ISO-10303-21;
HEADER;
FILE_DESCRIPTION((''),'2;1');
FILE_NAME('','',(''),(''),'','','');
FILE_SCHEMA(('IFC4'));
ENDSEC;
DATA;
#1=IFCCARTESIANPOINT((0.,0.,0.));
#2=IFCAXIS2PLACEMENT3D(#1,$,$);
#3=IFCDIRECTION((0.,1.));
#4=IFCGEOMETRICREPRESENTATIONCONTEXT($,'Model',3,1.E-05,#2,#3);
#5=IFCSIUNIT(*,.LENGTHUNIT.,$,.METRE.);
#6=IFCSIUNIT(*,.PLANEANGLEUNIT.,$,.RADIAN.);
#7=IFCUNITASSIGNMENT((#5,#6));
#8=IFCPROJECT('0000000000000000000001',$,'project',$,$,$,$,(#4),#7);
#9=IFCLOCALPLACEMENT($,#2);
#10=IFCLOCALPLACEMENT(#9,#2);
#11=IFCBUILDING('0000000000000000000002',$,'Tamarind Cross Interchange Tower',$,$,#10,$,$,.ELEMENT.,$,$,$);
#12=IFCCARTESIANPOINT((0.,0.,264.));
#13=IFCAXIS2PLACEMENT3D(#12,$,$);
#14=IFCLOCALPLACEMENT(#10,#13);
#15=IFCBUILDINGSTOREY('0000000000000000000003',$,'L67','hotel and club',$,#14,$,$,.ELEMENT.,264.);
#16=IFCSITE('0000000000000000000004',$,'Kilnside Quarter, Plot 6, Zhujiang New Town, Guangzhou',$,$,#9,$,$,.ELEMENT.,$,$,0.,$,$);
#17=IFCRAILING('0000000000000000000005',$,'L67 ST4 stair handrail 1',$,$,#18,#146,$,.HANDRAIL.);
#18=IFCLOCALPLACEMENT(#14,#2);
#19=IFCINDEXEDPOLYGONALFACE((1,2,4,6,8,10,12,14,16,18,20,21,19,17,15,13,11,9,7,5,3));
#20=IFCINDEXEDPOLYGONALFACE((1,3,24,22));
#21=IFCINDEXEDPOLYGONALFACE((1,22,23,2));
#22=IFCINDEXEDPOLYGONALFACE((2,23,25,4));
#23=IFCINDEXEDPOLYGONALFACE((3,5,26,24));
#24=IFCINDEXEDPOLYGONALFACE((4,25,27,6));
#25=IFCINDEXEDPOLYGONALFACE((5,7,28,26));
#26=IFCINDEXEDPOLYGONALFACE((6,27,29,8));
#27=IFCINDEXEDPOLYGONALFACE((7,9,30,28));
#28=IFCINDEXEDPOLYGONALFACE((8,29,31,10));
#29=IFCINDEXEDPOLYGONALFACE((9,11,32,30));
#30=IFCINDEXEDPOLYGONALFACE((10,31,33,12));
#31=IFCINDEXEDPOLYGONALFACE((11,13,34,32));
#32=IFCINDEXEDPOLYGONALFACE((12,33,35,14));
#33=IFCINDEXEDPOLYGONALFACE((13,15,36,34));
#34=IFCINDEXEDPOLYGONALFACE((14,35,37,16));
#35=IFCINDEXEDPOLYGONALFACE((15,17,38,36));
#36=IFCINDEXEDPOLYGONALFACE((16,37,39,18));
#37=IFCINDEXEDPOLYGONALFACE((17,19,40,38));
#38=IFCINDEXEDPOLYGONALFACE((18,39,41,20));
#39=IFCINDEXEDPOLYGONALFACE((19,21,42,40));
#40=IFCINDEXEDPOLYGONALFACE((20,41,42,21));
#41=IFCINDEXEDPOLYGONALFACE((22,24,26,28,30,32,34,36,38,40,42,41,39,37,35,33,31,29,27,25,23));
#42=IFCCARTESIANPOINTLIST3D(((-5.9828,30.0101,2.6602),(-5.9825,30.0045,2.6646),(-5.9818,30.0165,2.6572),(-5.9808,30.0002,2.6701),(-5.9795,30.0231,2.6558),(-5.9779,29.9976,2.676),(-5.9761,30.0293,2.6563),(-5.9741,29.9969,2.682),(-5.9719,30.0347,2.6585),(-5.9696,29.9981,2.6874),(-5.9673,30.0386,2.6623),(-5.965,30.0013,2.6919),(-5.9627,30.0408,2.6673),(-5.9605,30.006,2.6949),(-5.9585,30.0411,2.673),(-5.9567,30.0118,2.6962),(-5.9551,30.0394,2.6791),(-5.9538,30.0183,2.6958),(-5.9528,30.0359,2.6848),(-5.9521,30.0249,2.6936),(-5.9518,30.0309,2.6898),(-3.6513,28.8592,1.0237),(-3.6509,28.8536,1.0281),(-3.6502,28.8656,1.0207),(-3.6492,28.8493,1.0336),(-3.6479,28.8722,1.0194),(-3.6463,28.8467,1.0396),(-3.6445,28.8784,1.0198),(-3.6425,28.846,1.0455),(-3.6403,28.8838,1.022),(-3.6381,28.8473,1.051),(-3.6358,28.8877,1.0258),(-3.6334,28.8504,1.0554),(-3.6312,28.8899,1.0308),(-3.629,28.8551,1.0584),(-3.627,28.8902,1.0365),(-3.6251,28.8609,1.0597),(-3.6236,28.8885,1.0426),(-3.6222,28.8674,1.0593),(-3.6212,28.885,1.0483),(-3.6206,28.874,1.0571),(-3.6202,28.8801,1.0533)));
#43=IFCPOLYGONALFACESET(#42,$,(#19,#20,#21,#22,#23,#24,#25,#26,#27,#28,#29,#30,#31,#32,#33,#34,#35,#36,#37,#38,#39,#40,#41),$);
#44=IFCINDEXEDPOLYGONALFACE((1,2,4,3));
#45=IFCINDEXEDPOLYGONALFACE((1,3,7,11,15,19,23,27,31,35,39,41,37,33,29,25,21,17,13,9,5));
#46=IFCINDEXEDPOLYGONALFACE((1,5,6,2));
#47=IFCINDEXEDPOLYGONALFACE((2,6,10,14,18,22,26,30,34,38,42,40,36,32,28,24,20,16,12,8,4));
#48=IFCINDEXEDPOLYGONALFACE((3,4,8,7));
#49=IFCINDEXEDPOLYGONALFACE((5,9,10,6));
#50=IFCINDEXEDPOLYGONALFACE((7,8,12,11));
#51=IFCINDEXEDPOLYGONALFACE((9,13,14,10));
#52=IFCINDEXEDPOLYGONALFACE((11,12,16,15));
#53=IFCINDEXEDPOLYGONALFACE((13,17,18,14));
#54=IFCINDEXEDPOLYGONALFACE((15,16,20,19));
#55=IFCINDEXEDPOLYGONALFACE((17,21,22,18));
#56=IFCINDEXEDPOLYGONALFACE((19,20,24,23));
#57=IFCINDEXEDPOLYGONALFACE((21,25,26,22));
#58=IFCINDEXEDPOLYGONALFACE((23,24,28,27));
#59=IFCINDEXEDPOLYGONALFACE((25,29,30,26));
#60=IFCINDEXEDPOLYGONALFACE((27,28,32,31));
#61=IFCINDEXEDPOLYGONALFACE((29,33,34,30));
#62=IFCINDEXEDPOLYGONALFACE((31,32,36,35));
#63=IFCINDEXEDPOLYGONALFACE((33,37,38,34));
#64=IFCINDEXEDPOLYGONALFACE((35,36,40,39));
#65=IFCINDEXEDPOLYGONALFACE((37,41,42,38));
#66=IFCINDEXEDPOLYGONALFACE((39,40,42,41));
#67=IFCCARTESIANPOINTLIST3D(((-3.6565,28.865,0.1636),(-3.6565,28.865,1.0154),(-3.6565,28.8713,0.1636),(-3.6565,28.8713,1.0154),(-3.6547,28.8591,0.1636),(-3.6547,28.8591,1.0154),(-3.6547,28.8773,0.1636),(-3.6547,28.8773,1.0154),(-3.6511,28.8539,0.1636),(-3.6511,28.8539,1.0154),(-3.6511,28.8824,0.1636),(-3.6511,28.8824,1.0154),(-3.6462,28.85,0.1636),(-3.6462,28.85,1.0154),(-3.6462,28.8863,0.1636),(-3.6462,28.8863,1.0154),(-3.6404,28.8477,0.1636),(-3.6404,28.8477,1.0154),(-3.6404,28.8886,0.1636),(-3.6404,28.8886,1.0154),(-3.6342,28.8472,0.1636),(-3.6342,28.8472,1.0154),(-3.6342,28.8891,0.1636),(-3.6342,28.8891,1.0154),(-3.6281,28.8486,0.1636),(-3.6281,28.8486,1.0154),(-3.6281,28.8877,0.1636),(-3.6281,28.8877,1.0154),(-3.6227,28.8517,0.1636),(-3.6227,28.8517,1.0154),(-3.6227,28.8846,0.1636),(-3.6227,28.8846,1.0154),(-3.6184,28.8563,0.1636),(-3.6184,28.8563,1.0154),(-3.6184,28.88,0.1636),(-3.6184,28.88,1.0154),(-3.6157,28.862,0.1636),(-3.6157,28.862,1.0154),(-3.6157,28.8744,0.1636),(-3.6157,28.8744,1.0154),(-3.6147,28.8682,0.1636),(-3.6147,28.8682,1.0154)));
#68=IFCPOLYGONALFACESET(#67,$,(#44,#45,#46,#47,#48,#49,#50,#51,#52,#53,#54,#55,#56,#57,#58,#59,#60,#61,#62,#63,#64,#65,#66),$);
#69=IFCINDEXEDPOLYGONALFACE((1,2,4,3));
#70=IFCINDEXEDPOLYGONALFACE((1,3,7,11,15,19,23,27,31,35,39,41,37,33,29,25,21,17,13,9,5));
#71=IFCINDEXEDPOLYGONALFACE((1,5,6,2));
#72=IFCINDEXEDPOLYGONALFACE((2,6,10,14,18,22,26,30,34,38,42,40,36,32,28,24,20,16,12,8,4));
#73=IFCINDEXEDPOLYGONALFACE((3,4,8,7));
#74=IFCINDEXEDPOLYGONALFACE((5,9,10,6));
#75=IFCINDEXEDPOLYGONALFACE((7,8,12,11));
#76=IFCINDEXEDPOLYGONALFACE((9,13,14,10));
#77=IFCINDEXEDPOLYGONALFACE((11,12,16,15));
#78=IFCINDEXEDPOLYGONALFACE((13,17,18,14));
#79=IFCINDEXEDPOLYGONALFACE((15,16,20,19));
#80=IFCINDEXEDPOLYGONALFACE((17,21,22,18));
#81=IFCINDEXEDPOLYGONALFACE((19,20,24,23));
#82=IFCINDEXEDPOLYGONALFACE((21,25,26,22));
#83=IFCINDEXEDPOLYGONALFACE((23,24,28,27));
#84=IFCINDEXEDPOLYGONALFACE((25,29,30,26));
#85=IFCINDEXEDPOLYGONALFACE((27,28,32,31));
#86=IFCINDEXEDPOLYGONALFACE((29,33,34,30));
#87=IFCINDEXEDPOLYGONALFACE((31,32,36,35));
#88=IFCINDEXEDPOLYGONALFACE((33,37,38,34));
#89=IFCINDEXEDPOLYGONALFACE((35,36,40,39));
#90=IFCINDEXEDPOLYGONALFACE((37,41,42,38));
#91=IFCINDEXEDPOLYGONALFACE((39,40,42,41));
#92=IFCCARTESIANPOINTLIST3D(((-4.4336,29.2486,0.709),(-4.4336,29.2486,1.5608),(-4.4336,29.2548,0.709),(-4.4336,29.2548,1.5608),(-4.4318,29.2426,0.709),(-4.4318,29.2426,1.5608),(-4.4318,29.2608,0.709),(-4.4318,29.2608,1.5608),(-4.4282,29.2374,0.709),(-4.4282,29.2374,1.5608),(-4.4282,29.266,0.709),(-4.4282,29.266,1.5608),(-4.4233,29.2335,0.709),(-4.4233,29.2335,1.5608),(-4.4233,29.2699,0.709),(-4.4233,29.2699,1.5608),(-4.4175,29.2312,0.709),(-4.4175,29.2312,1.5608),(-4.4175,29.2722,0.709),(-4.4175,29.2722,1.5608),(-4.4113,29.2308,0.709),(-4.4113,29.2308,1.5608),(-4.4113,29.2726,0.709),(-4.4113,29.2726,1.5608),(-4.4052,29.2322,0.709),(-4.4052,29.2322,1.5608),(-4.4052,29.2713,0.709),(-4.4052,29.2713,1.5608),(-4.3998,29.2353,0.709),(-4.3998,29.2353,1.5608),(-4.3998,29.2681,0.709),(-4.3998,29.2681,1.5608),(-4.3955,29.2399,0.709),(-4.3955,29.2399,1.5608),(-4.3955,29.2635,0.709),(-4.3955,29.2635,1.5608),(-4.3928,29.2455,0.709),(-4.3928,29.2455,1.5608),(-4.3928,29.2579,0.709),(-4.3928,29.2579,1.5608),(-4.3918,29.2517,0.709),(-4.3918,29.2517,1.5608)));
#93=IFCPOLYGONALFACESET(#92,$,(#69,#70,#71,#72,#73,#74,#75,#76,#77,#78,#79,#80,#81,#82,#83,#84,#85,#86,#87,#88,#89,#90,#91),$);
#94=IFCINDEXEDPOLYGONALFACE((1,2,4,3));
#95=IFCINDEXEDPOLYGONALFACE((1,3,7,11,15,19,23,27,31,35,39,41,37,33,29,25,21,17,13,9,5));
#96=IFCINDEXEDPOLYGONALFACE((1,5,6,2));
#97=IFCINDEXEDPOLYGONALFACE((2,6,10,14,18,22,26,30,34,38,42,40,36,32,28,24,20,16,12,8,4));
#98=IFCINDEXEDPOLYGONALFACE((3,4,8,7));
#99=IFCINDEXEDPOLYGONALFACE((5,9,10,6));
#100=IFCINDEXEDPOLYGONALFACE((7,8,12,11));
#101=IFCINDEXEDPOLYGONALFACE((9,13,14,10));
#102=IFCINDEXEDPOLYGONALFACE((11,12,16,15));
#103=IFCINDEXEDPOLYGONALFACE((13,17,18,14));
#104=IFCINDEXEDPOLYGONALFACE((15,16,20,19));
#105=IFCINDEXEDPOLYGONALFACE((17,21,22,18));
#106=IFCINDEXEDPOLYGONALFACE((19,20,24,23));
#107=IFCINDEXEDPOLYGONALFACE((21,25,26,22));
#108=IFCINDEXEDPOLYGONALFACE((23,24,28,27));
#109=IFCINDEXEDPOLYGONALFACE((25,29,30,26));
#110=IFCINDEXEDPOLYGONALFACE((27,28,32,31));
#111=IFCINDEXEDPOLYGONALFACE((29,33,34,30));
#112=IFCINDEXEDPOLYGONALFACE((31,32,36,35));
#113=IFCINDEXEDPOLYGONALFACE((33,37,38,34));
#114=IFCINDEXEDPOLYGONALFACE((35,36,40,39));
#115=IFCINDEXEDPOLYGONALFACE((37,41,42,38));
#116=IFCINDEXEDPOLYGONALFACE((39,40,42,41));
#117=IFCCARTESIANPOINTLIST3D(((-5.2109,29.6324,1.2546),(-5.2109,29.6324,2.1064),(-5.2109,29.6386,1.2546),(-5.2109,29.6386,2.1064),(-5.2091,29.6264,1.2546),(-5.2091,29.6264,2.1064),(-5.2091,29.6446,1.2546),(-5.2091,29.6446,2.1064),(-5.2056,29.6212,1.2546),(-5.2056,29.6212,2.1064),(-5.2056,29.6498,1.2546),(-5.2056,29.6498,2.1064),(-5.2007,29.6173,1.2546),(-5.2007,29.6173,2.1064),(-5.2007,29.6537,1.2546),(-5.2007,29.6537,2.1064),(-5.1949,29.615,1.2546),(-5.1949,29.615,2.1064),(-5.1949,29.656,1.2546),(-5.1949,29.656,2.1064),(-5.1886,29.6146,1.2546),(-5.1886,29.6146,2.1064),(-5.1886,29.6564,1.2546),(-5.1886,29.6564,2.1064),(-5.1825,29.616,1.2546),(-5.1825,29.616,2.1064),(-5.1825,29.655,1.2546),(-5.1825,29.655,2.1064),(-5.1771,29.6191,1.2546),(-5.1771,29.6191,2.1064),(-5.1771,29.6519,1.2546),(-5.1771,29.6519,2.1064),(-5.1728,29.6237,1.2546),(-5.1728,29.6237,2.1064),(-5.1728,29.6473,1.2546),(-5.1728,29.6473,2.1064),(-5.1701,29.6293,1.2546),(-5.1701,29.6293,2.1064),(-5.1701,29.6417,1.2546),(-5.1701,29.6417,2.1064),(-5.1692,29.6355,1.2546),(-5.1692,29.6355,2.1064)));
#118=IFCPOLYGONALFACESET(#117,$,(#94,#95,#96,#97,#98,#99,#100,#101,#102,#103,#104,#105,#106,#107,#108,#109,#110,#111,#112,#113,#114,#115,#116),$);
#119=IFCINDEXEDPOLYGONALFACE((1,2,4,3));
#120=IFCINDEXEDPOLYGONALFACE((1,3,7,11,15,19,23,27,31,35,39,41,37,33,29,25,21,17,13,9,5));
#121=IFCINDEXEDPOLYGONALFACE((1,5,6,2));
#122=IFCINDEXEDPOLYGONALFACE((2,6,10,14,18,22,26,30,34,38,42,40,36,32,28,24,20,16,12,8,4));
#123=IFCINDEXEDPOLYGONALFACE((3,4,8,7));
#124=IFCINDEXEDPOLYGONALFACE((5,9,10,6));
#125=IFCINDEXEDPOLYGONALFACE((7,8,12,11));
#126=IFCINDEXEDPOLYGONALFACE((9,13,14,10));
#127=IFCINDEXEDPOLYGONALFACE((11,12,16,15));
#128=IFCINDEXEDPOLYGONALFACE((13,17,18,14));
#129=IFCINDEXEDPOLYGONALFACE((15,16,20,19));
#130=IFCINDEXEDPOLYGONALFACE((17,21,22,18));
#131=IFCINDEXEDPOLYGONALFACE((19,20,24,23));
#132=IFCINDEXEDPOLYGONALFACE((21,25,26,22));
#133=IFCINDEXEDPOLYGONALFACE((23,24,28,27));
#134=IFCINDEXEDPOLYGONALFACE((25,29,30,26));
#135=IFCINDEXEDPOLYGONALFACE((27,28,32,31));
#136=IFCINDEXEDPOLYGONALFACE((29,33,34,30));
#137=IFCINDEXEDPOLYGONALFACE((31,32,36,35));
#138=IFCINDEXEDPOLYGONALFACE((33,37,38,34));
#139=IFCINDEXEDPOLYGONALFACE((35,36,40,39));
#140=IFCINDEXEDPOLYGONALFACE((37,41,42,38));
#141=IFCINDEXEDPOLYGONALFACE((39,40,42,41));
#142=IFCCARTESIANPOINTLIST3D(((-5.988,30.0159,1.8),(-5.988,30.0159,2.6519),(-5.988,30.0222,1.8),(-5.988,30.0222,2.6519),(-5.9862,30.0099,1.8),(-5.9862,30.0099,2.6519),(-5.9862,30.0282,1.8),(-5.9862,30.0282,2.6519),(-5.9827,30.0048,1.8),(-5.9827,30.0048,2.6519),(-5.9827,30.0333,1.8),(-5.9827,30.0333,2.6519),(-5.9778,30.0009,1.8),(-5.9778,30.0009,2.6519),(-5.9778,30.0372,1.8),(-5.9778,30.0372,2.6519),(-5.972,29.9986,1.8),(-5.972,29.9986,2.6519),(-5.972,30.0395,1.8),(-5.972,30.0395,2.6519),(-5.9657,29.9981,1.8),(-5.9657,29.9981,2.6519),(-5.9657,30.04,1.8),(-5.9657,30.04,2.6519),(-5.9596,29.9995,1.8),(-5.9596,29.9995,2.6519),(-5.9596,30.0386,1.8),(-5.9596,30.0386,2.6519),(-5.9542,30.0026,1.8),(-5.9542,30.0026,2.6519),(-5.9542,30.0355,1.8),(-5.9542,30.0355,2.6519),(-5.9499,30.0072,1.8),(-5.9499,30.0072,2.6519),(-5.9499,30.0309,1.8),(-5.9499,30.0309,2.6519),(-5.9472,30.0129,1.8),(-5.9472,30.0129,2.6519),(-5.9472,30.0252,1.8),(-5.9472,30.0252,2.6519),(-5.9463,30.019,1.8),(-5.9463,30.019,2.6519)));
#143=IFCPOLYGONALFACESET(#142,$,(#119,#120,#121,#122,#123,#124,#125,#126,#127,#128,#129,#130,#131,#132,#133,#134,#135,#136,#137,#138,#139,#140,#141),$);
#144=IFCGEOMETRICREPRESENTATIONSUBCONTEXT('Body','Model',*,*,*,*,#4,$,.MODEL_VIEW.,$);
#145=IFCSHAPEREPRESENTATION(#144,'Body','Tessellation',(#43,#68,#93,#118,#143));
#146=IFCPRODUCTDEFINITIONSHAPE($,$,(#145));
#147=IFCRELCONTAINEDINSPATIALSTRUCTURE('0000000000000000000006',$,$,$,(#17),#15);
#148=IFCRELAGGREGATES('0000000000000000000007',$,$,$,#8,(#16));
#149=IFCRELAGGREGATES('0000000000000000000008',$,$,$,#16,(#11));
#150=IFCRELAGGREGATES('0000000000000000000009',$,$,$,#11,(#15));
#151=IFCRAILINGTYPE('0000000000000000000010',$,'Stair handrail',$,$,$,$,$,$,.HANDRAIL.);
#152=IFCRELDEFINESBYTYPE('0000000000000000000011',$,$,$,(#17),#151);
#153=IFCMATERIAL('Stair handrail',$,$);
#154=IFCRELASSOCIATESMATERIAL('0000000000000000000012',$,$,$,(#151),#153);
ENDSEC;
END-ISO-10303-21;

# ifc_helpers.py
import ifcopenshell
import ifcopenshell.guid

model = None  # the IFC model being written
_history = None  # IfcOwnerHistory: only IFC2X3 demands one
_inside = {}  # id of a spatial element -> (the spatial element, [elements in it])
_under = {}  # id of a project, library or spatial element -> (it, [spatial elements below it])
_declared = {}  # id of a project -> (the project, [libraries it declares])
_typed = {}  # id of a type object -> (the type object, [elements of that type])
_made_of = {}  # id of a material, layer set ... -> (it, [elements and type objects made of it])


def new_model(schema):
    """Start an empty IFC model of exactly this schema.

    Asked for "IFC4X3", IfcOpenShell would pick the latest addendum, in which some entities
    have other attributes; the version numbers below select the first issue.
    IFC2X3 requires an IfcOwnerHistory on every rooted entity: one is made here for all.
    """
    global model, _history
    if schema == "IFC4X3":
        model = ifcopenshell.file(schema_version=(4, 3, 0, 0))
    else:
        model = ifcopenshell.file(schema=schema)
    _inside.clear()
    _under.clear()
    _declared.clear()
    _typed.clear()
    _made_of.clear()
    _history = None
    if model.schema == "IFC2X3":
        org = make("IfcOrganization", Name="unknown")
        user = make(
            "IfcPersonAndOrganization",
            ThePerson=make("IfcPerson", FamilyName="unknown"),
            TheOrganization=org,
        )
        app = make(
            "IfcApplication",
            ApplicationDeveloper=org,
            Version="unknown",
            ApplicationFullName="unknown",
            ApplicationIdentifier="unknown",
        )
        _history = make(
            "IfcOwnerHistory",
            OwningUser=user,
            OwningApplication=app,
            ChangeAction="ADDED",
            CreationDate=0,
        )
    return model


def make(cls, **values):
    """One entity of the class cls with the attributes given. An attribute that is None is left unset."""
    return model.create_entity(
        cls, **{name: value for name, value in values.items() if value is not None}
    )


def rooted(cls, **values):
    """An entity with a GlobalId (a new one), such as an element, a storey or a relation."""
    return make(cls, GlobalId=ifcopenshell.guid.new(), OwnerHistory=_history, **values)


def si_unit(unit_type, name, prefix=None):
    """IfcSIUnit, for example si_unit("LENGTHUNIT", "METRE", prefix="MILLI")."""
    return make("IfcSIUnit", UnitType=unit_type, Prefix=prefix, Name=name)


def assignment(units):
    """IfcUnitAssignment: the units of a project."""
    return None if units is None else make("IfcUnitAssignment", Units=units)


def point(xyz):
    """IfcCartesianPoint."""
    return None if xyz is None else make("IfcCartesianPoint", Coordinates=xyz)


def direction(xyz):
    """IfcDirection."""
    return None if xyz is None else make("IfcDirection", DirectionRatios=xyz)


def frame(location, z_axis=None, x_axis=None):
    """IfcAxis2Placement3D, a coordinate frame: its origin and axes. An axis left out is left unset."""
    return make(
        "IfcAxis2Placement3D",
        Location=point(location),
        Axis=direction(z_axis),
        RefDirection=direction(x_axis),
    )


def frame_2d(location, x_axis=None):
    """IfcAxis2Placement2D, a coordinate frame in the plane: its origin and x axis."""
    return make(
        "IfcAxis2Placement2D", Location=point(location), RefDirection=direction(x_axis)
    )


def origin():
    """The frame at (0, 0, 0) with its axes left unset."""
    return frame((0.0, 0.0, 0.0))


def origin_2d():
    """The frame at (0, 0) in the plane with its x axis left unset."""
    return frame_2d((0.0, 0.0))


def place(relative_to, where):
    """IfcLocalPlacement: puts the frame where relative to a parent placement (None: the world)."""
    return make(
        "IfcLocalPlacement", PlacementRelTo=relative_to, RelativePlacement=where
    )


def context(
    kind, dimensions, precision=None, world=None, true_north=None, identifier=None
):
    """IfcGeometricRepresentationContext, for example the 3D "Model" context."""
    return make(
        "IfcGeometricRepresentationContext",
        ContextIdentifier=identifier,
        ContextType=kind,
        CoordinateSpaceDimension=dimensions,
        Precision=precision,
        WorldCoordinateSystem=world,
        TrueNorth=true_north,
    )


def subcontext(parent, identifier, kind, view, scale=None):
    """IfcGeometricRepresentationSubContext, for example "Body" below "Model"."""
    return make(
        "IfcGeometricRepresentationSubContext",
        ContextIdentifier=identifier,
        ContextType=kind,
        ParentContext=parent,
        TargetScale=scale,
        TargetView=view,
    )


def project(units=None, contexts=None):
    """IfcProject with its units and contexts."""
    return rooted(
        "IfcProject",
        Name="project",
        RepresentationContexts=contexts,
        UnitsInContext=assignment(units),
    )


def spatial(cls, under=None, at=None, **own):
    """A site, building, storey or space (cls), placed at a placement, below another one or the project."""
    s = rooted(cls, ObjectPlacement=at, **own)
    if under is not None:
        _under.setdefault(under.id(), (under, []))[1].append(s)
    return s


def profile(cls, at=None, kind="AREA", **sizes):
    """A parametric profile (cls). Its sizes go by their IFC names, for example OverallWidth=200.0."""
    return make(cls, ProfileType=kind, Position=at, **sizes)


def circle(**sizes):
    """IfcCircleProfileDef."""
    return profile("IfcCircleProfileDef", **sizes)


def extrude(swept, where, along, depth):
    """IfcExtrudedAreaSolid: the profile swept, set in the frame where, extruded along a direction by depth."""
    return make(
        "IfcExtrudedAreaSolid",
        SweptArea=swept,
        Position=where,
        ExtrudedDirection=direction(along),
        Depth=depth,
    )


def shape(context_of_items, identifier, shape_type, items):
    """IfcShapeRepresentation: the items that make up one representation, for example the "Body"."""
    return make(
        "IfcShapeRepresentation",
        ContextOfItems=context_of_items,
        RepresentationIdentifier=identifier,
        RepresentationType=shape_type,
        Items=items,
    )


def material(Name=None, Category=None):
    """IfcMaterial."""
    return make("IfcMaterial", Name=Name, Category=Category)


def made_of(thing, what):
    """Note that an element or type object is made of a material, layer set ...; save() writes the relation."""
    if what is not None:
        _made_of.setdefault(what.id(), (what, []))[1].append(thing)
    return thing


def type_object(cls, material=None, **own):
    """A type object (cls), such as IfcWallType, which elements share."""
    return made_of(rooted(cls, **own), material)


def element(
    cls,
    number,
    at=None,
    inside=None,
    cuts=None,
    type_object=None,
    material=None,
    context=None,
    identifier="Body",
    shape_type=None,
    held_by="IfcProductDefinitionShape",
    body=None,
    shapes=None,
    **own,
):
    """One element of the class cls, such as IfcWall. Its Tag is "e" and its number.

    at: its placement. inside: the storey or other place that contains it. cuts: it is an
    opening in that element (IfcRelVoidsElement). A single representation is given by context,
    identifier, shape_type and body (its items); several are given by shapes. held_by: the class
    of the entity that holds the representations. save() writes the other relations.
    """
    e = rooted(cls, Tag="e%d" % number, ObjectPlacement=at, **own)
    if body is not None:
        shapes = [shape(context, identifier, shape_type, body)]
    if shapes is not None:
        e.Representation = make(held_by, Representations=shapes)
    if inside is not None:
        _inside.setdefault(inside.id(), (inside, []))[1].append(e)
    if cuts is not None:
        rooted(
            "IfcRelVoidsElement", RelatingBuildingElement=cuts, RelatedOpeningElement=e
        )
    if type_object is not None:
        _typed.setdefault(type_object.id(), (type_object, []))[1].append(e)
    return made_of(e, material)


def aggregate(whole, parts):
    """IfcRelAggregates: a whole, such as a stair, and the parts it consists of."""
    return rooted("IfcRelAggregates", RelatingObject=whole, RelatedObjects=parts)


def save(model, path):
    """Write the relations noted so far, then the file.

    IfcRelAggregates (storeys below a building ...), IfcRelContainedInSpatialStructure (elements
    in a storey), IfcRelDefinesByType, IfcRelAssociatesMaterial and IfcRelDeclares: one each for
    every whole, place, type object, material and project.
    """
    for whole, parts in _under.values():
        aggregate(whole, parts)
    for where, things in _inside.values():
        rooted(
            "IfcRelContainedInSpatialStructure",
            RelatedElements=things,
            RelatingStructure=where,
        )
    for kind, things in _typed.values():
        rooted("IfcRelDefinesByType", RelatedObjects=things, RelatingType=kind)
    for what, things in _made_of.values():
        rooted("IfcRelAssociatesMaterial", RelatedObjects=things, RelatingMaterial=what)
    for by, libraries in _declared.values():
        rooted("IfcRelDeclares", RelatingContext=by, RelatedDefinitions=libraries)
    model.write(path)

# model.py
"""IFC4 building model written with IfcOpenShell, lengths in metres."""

from ifc_helpers import new_model, si_unit, direction, frame, origin, origin_2d, place, context, subcontext, project, spatial, circle, extrude, material, type_object, element, save


model = new_model("IFC4")

# Units and contexts
model_context = context("Model", 3, precision=1e-05, world=origin(), true_north=direction((0.0, 1.0)))
body_context = subcontext(model_context, "Body", "Model", "MODEL_VIEW")
ifc_project = project(units=[si_unit("LENGTHUNIT", "METRE"), si_unit("PLANEANGLEUNIT", "RADIAN")], contexts=[model_context])

# Site, building, storey
site_placement = place(None, origin())
site = spatial("IfcSite", under=ifc_project, at=site_placement, Name="Kilnside Quarter, Plot 6, Zhujiang New Town, Guangzhou", CompositionType="ELEMENT", RefElevation=0.0)
building_placement = place(site_placement, origin())
building = spatial("IfcBuilding", under=site, at=building_placement, Name="Tamarind Cross Interchange Tower", CompositionType="ELEMENT")
storey_placement = place(building_placement, frame((0.0, 0.0, 264.0)))
storey = spatial("IfcBuildingStorey", under=building, at=storey_placement, Name="L67", Description="hotel and club", CompositionType="ELEMENT", Elevation=264.0)

# Railing
ifc_material_1 = material(Name="Stair handrail")
railing_type_1 = type_object("IfcRailingType", Name="Stair handrail", PredefinedType="HANDRAIL", material=ifc_material_1)
railing_1_placement = place(storey_placement, frame((-3.6357, 28.8682, 0.1636)))
element("IfcRailing", 1, at=railing_1_placement, inside=storey, type_object=railing_type_1, Name="L67 ST4 stair handrail 1", PredefinedType="HANDRAIL", context=body_context, shape_type="SweptSolid", body=[
    extrude(circle(Radius=0.0239, at=origin_2d()), frame((0.0, 0.0, 0.876), z_axis=(-0.758906, 0.374606, 0.532665), x_axis=(-0.442626, -0.896707, 0.0)), (0.0, 0.0, 1.0), 3.0723),
    extrude(circle(Radius=0.021, at=origin_2d()), origin(), (0.0, 0.0, 1.0), 0.8518),
    extrude(circle(Radius=0.021, at=origin_2d()), frame((-0.7771, 0.3835, 0.5454)), (0.0, 0.0, 1.0), 0.8518),
    extrude(circle(Radius=0.021, at=origin_2d()), frame((-1.5544, 0.7673, 1.0911)), (0.0, 0.0, 1.0), 0.8518),
    extrude(circle(Radius=0.021, at=origin_2d()), frame((-2.3315, 1.1509, 1.6365)), (0.0, 0.0, 1.0), 0.8518),
])

save(model, "model.ifc")
